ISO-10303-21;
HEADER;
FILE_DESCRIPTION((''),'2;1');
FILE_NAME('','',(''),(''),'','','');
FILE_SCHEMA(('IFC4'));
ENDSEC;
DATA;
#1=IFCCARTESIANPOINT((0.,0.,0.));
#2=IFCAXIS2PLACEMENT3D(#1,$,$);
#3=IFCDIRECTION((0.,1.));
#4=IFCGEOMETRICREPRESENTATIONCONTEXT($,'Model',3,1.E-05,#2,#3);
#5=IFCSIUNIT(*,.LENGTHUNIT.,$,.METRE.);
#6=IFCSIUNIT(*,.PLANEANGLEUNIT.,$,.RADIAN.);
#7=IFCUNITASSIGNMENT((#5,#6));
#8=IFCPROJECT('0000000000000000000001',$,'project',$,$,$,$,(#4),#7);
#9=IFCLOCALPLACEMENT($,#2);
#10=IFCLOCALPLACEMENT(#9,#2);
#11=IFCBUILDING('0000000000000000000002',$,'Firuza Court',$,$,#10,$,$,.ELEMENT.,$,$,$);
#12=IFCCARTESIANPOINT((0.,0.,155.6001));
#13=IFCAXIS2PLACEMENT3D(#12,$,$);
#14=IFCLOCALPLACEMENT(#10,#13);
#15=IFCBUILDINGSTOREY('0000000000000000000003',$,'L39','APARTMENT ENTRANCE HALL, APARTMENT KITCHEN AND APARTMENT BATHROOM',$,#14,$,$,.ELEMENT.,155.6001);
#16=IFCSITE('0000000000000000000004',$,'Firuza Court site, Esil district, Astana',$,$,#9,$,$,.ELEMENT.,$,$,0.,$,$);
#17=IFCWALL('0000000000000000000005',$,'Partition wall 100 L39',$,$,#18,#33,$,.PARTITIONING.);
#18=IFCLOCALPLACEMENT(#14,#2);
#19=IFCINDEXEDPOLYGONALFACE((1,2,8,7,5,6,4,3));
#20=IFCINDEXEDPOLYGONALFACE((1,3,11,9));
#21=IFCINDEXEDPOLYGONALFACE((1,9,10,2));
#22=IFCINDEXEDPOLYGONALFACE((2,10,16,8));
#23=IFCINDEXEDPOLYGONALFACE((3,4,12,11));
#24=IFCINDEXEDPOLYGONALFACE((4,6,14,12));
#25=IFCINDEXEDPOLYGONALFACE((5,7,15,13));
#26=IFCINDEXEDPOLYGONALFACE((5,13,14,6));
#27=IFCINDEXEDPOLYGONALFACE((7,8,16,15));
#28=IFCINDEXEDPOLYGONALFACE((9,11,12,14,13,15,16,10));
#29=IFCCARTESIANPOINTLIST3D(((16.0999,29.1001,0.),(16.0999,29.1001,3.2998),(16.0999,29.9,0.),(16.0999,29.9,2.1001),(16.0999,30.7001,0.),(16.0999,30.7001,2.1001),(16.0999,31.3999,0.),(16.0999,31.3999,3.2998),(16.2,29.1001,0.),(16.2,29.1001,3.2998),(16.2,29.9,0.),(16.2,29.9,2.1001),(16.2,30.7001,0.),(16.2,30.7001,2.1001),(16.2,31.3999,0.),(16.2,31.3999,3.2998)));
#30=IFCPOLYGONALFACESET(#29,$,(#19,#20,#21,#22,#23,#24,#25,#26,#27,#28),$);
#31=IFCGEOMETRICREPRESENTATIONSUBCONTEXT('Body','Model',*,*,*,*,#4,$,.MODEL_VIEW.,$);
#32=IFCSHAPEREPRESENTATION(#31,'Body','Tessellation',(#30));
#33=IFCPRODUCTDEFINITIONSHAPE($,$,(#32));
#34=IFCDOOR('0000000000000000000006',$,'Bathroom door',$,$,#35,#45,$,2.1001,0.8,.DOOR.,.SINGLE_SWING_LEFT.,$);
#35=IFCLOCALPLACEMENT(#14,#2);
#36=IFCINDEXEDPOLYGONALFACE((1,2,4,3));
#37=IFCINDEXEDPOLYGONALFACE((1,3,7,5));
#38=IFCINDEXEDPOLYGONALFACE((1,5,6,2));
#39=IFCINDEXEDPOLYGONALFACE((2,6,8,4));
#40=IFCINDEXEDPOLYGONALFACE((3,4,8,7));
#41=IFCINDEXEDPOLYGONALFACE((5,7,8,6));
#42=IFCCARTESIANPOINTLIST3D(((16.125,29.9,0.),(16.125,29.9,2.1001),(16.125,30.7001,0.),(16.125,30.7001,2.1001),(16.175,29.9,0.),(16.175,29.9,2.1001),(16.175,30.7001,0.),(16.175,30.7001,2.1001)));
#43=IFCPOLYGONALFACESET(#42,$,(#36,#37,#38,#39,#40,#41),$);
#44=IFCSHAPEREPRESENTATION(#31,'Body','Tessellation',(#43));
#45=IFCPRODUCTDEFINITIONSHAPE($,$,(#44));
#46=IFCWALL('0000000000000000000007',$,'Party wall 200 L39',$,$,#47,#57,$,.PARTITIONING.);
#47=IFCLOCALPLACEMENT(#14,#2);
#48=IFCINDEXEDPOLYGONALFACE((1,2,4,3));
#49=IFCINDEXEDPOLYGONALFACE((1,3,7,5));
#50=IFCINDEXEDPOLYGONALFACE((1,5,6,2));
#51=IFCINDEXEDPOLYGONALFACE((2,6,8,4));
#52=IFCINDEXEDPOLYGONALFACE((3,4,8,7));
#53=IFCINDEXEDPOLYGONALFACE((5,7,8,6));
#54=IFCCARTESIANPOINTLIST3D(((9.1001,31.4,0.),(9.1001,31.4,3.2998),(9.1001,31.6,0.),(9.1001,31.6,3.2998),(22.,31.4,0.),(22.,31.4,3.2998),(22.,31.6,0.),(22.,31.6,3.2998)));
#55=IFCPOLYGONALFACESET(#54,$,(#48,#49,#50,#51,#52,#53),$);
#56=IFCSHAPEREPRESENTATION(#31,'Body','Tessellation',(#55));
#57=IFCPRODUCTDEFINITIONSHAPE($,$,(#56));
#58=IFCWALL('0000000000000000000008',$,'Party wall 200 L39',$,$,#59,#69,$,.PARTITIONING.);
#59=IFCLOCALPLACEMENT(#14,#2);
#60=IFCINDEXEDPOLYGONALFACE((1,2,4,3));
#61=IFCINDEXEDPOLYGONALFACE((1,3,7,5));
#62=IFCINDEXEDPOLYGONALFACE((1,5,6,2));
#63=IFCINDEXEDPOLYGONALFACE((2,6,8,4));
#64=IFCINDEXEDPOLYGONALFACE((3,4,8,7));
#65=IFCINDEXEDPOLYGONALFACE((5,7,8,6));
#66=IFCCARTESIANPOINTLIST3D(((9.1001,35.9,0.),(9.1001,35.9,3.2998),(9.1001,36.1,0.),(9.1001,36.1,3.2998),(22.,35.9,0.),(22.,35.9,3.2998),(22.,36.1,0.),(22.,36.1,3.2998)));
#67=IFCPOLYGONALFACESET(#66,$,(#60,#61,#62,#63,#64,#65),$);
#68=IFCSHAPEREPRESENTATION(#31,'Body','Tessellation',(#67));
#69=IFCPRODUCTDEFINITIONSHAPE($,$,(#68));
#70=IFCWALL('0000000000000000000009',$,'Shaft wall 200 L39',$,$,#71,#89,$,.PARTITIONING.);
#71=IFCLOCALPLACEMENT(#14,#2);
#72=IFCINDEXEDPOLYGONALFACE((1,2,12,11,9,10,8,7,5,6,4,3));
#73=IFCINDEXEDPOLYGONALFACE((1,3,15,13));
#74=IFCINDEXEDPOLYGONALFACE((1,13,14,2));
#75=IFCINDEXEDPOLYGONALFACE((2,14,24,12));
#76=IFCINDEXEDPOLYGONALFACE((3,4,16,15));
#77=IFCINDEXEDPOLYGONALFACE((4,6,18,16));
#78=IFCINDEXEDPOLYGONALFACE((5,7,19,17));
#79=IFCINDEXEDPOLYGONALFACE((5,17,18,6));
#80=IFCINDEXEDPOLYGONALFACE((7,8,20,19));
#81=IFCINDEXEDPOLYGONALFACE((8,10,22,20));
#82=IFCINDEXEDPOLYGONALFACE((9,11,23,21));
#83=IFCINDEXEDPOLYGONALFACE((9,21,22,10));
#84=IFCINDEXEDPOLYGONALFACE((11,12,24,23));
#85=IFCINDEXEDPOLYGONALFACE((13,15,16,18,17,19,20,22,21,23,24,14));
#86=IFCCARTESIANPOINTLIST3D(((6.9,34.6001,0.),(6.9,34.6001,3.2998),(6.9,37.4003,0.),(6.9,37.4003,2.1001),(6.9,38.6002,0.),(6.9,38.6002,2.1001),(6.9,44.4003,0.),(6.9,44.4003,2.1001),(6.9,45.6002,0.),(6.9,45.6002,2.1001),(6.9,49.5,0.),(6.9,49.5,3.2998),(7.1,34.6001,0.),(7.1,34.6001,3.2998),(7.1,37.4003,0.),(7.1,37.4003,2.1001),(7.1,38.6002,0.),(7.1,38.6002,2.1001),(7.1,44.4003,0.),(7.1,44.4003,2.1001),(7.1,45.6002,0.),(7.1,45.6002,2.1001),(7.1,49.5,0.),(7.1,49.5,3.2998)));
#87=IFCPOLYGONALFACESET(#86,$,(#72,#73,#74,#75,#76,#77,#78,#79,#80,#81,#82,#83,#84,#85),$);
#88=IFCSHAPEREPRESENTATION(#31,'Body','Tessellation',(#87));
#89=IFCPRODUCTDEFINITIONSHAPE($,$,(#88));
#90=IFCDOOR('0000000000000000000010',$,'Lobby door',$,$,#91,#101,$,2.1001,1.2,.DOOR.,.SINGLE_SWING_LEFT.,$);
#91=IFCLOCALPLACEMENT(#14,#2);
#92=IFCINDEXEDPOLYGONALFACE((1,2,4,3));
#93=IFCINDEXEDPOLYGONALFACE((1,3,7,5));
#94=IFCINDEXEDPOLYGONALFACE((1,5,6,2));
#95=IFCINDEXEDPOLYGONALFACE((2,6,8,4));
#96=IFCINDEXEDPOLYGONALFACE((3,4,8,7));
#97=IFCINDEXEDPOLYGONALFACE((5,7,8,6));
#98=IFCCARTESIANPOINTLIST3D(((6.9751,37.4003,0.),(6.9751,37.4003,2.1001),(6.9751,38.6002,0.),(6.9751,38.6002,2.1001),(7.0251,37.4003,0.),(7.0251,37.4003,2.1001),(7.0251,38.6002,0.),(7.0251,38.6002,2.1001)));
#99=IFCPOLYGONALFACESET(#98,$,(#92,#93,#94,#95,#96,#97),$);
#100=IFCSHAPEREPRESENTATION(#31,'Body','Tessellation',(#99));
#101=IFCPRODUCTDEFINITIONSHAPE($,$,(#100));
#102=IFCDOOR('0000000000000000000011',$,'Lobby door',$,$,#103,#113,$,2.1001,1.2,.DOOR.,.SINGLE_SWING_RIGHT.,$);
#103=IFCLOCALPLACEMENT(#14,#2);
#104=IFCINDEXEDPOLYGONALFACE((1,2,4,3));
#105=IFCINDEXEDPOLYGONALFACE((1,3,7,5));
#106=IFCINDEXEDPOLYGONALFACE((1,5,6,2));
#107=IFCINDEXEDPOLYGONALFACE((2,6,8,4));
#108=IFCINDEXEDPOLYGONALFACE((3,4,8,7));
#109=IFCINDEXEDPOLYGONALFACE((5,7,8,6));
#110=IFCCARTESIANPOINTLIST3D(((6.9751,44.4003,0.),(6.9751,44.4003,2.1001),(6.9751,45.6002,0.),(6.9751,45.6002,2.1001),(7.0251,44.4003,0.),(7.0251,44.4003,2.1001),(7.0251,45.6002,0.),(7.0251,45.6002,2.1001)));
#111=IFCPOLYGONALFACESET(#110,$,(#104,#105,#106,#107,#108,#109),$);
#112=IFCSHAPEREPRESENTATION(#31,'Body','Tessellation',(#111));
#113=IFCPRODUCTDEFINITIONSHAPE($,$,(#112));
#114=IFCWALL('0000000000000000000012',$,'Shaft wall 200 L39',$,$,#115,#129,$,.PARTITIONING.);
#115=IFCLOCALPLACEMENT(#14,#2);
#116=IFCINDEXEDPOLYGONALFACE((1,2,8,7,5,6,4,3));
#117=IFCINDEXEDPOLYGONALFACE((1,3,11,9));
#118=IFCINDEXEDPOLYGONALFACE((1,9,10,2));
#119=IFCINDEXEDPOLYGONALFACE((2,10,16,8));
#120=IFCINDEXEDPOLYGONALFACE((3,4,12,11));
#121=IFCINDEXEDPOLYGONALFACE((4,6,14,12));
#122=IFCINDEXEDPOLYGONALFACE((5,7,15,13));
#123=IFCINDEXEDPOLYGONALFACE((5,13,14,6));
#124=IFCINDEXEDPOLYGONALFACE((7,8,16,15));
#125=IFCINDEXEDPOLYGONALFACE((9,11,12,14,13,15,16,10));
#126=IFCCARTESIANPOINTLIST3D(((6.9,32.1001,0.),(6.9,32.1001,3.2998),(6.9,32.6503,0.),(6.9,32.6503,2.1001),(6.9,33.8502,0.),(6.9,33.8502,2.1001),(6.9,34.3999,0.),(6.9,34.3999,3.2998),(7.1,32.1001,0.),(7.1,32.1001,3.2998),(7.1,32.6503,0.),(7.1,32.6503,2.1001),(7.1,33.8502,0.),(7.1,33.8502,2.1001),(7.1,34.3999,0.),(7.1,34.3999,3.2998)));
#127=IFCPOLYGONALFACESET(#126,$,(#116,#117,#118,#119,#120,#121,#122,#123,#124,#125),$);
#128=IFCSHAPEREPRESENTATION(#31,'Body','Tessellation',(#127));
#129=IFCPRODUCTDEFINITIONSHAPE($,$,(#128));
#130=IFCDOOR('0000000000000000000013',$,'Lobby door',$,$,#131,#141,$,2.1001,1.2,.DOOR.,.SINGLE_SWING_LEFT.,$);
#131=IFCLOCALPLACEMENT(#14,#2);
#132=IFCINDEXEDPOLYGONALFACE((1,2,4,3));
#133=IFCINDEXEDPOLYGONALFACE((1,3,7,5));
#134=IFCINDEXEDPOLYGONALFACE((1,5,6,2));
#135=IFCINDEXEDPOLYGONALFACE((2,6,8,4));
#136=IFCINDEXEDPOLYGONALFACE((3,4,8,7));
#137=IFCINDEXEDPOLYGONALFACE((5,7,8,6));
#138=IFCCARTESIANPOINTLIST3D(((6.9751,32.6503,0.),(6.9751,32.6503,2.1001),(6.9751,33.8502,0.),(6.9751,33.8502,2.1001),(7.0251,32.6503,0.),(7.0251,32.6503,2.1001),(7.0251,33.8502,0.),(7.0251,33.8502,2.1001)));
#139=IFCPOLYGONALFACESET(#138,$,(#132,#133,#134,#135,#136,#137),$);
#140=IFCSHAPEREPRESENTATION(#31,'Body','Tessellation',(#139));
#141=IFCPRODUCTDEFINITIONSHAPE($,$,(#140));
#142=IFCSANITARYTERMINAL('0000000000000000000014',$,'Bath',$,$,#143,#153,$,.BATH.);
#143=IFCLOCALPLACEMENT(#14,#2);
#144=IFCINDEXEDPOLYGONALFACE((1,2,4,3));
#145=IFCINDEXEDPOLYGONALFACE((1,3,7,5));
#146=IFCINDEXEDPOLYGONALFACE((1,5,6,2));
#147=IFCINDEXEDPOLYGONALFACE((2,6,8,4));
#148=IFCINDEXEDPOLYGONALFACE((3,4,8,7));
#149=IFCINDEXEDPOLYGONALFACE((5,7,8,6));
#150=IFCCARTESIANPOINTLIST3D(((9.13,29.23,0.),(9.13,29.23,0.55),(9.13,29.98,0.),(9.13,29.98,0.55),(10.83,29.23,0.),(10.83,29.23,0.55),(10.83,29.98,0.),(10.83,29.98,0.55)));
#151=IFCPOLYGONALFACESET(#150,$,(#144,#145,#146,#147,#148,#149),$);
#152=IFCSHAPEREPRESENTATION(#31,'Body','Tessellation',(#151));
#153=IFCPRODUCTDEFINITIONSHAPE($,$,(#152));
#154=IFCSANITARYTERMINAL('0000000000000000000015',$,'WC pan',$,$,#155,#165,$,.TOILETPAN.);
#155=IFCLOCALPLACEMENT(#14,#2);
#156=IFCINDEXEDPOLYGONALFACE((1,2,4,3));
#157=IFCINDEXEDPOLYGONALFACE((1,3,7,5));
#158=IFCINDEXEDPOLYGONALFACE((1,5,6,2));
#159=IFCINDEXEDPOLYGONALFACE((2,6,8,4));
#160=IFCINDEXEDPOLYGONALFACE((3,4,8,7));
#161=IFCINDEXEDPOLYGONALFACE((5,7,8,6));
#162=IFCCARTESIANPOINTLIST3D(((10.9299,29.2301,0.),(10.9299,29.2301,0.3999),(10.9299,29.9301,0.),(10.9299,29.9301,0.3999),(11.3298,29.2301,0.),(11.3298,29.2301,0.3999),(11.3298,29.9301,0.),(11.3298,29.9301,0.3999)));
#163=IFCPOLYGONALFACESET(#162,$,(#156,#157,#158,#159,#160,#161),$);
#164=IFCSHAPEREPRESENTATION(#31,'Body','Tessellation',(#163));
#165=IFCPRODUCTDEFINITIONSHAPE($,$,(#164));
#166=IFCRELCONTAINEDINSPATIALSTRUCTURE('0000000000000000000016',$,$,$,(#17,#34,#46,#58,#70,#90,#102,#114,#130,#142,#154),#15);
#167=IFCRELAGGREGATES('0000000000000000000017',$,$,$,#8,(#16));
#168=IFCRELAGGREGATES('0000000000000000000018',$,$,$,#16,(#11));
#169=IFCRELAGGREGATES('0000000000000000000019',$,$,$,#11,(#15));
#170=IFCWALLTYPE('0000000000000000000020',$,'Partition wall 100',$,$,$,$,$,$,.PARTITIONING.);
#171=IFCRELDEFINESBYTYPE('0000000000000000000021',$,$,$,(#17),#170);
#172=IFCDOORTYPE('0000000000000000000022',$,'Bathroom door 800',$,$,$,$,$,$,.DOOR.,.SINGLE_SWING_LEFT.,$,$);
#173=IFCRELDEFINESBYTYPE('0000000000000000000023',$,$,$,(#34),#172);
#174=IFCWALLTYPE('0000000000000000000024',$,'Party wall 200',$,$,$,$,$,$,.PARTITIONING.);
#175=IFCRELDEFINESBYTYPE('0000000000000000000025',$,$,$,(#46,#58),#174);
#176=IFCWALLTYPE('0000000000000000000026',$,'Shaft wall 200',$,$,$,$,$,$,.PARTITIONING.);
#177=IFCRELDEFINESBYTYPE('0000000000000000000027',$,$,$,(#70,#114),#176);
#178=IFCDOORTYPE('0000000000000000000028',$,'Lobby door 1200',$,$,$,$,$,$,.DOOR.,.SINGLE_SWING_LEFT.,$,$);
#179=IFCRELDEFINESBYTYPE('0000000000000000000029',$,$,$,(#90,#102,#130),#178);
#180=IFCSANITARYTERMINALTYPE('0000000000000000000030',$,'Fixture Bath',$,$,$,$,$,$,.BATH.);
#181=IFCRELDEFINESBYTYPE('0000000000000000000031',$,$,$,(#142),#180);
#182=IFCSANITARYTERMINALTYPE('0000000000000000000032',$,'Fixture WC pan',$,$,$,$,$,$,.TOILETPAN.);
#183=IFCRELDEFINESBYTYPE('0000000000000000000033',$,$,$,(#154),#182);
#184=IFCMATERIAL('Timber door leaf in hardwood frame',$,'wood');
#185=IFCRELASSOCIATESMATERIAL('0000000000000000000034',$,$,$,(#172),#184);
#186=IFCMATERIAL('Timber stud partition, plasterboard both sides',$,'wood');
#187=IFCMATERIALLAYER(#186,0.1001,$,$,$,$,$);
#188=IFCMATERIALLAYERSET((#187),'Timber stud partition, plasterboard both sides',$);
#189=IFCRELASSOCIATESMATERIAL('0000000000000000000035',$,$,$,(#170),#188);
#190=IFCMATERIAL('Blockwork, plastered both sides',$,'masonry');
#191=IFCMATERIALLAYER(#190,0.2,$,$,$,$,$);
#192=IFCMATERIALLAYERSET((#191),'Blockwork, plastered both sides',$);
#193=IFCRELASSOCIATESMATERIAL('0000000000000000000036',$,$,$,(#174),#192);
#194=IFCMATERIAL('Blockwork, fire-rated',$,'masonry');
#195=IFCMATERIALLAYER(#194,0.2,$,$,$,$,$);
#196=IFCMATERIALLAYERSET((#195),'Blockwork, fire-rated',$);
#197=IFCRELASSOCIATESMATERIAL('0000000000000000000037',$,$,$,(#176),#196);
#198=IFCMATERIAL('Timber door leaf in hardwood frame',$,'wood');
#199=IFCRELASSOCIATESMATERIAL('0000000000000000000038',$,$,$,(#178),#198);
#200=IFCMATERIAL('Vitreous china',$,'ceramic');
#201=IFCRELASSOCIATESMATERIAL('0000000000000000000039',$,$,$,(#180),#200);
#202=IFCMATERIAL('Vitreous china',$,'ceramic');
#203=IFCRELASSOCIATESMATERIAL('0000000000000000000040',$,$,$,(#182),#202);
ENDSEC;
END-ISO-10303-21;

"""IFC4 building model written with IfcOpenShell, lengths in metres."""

from ifc_helpers import new_model, si_unit, direction, frame, frame_2d, origin, origin_2d, place, context, subcontext, project, spatial, rectangle, extrude, material, layer, layer_set, type_object, element, fill, save


model = new_model("IFC4")

# Units and contexts
model_context = context("Model", 3, precision=1e-05, world=origin(), true_north=direction((0.0, 1.0)))
body_context = subcontext(model_context, "Body", "Model", "MODEL_VIEW")
ifc_project = project(units=[si_unit("LENGTHUNIT", "METRE"), si_unit("PLANEANGLEUNIT", "RADIAN")], contexts=[model_context])

# Site, building, storey
site_placement = place(None, origin())
site = spatial("IfcSite", under=ifc_project, at=site_placement, Name="Firuza Court site, Esil district, Astana", CompositionType="ELEMENT", RefElevation=0.0)
building_placement = place(site_placement, origin())
building = spatial("IfcBuilding", under=site, at=building_placement, Name="Firuza Court", CompositionType="ELEMENT")
storey_placement = place(building_placement, frame((0.0, 0.0, 155.6001)))
storey = spatial("IfcBuildingStorey", under=building, at=storey_placement, Name="L39", Description="APARTMENT ENTRANCE HALL, APARTMENT KITCHEN AND APARTMENT BATHROOM", CompositionType="ELEMENT", Elevation=155.6001)

# Wall, opening, door
ifc_material_1 = material(Name="Timber door leaf in hardwood frame", Category="wood")
door_type_1 = type_object("IfcDoorType", Name="Bathroom door 800", OperationType="SINGLE_SWING_LEFT", PredefinedType="DOOR", material=ifc_material_1)
ifc_material_2 = material(Name="Blockwork, plastered both sides", Category="masonry")
ifc_material_3 = material(Name="Timber stud partition, plasterboard both sides", Category="wood")
ifc_layer_1 = layer(ifc_material_3, 0.1001)
ifc_layer_set_1 = layer_set([ifc_layer_1], Name="Timber stud partition, plasterboard both sides")
wall_type_1 = type_object("IfcWallType", Name="Partition wall 100", PredefinedType="PARTITIONING", material=ifc_layer_set_1)
wall_1_placement = place(storey_placement, frame((16.1499, 29.1001, 0.0), z_axis=(0.0, 0.0, 1.0), x_axis=(0.0, 1.0, 0.0)))
wall_1 = element("IfcWall", 1, at=wall_1_placement, inside=storey, type_object=wall_type_1, Name="Partition wall 100 L39", PredefinedType="PARTITIONING", context=body_context, shape_type="SweptSolid", body=[
    extrude(rectangle(XDim=2.2998, YDim=0.1001, at=frame_2d((1.1499, 0.0))), origin(), (0.0, 0.0, 1.0), 3.2998),
])
opening_1_placement = place(wall_1_placement, frame((0.8, 0.0, 0.0)))
opening_1 = element("IfcOpeningElement", 2, at=opening_1_placement, cuts=wall_1, PredefinedType="OPENING", context=body_context, shape_type="SweptSolid", body=[
    extrude(rectangle(XDim=0.8, YDim=2.1001, at=frame_2d((0.3999, 1.05))), frame((0.0, 0.062, 0.0), z_axis=(0.0, -1.0, 0.0), x_axis=(1.0, 0.0, 0.0)), (0.0, 0.0, 1.0), 0.124),
])
door_1_placement = place(opening_1_placement, origin())
door_1 = element("IfcDoor", 3, at=door_1_placement, inside=storey, type_object=door_type_1, Name="Bathroom door", OperationType="SINGLE_SWING_LEFT", OverallHeight=2.1001, OverallWidth=0.8, PredefinedType="DOOR", context=body_context, shape_type="SweptSolid", body=[
    extrude(rectangle(XDim=0.8, YDim=2.1001, at=frame_2d((0.3999, 1.05))), frame((0.0, 0.0249, 0.0), z_axis=(0.0, -1.0, 0.0), x_axis=(1.0, 0.0, 0.0)), (0.0, 0.0, 1.0), 0.05),
])
fill(opening_1, door_1)

# Walls
ifc_layer_2 = layer(ifc_material_2, 0.2)
ifc_layer_set_2 = layer_set([ifc_layer_2], Name="Blockwork, plastered both sides")
wall_type_2 = type_object("IfcWallType", Name="Party wall 200", PredefinedType="PARTITIONING", material=ifc_layer_set_2)
for number, where, z_axis, x_axis, name in (
    (4, (9.1001, 31.5, 0.0), (0.0, 0.0, 1.0), (1.0, 0.0, 0.0), "Party wall 200 L39"),
    (5, (9.1001, 36.0, 0.0), (0.0, 0.0, 1.0), (1.0, 0.0, 0.0), "Party wall 200 L39"),
):
    element("IfcWall", number, at=place(storey_placement, frame(where, z_axis=z_axis, x_axis=x_axis)), inside=storey, type_object=wall_type_2, Name=name, PredefinedType="PARTITIONING", context=body_context, shape_type="SweptSolid", body=[
        extrude(rectangle(XDim=12.8999, YDim=0.2, at=frame_2d((6.45, 0.0))), origin(), (0.0, 0.0, 1.0), 3.2998),
    ])

# Wall, openings, doors
ifc_material_4 = material(Name="Blockwork, fire-rated", Category="masonry")
ifc_layer_3 = layer(ifc_material_4, 0.2)
ifc_layer_set_3 = layer_set([ifc_layer_3], Name="Blockwork, fire-rated")
wall_type_3 = type_object("IfcWallType", Name="Shaft wall 200", PredefinedType="PARTITIONING", material=ifc_layer_set_3)
wall_2_placement = place(storey_placement, frame((7.0, 34.6001, 0.0), z_axis=(0.0, 0.0, 1.0), x_axis=(0.0, 1.0, 0.0)))
wall_2 = element("IfcWall", 6, at=wall_2_placement, inside=storey, type_object=wall_type_3, Name="Shaft wall 200 L39", PredefinedType="PARTITIONING", context=body_context, shape_type="SweptSolid", body=[
    extrude(rectangle(XDim=14.8999, YDim=0.2, at=frame_2d((7.45, 0.0))), origin(), (0.0, 0.0, 1.0), 3.2998),
])
opening_2_placement = place(wall_2_placement, frame((2.8, 0.0, 0.0)))
opening_2 = element("IfcOpeningElement", 7, at=opening_2_placement, cuts=wall_2, PredefinedType="OPENING", context=body_context, shape_type="SweptSolid", body=[
    extrude(rectangle(XDim=1.2, YDim=2.1001, at=frame_2d((0.6001, 1.05))), frame((0.0, 0.1118, 0.0), z_axis=(0.0, -1.0, 0.0), x_axis=(1.0, 0.0, 0.0)), (0.0, 0.0, 1.0), 0.2239),
])
opening_3_placement = place(wall_2_placement, frame((9.8, 0.0, 0.0)))
opening_3 = element("IfcOpeningElement", 8, at=opening_3_placement, cuts=wall_2, PredefinedType="OPENING", context=body_context, shape_type="SweptSolid", body=[
    extrude(rectangle(XDim=1.2, YDim=2.1001, at=frame_2d((0.6001, 1.05))), frame((0.0, 0.1118, 0.0), z_axis=(0.0, -1.0, 0.0), x_axis=(1.0, 0.0, 0.0)), (0.0, 0.0, 1.0), 0.2239),
])
ifc_material_5 = material(Name="Timber door leaf in hardwood frame", Category="wood")
door_type_2 = type_object("IfcDoorType", Name="Lobby door 1200", OperationType="SINGLE_SWING_LEFT", PredefinedType="DOOR", material=ifc_material_5)
door_2_placement = place(opening_2_placement, origin())
door_2 = element("IfcDoor", 9, at=door_2_placement, inside=storey, type_object=door_type_2, Name="Lobby door", OperationType="SINGLE_SWING_LEFT", OverallHeight=2.1001, OverallWidth=1.2, PredefinedType="DOOR", context=body_context, shape_type="SweptSolid", body=[
    extrude(rectangle(XDim=1.2, YDim=2.1001, at=frame_2d((0.6001, 1.05))), frame((0.0, 0.0249, 0.0), z_axis=(0.0, -1.0, 0.0), x_axis=(1.0, 0.0, 0.0)), (0.0, 0.0, 1.0), 0.05),
])
fill(opening_2, door_2)
door_3_placement = place(opening_3_placement, origin())
door_3 = element("IfcDoor", 10, at=door_3_placement, inside=storey, type_object=door_type_2, Name="Lobby door", OperationType="SINGLE_SWING_RIGHT", OverallHeight=2.1001, OverallWidth=1.2, PredefinedType="DOOR", context=body_context, shape_type="SweptSolid", body=[
    extrude(rectangle(XDim=1.2, YDim=2.1001, at=frame_2d((0.6001, 1.05))), frame((0.0, 0.0249, 0.0), z_axis=(0.0, -1.0, 0.0), x_axis=(1.0, 0.0, 0.0)), (0.0, 0.0, 1.0), 0.05),
])
fill(opening_3, door_3)

# Wall, opening, door
wall_3_placement = place(storey_placement, frame((7.0, 32.1001, 0.0), z_axis=(0.0, 0.0, 1.0), x_axis=(0.0, 1.0, 0.0)))
wall_3 = element("IfcWall", 11, at=wall_3_placement, inside=storey, type_object=wall_type_3, Name="Shaft wall 200 L39", PredefinedType="PARTITIONING", context=body_context, shape_type="SweptSolid", body=[
    extrude(rectangle(XDim=2.2998, YDim=0.2, at=frame_2d((1.1499, 0.0))), origin(), (0.0, 0.0, 1.0), 3.2998),
])
opening_4_placement = place(wall_3_placement, frame((0.55, 0.0, 0.0)))
opening_4 = element("IfcOpeningElement", 12, at=opening_4_placement, cuts=wall_3, PredefinedType="OPENING", context=body_context, shape_type="SweptSolid", body=[
    extrude(rectangle(XDim=1.2, YDim=2.1001, at=frame_2d((0.6001, 1.05))), frame((0.0, 0.1118, 0.0), z_axis=(0.0, -1.0, 0.0), x_axis=(1.0, 0.0, 0.0)), (0.0, 0.0, 1.0), 0.2239),
])
door_4_placement = place(opening_4_placement, origin())
door_4 = element("IfcDoor", 13, at=door_4_placement, inside=storey, type_object=door_type_2, Name="Lobby door", OperationType="SINGLE_SWING_LEFT", OverallHeight=2.1001, OverallWidth=1.2, PredefinedType="DOOR", context=body_context, shape_type="SweptSolid", body=[
    extrude(rectangle(XDim=1.2, YDim=2.1001, at=frame_2d((0.6001, 1.05))), frame((0.0, 0.0249, 0.0), z_axis=(0.0, -1.0, 0.0), x_axis=(1.0, 0.0, 0.0)), (0.0, 0.0, 1.0), 0.05),
])
fill(opening_4, door_4)

# Sanitary terminals
ifc_material_6 = material(Name="Vitreous china", Category="ceramic")
sanitary_terminal_type_1 = type_object("IfcSanitaryTerminalType", Name="Fixture Bath", PredefinedType="BATH", material=ifc_material_6)
sanitary_terminal_1_placement = place(storey_placement, frame((9.98, 29.605, 0.0), z_axis=(0.0, 0.0, 1.0), x_axis=(1.0, 0.0, 0.0)))
element("IfcSanitaryTerminal", 14, at=sanitary_terminal_1_placement, inside=storey, type_object=sanitary_terminal_type_1, Name="Bath", PredefinedType="BATH", context=body_context, shape_type="SweptSolid", body=[
    extrude(rectangle(XDim=1.7, YDim=0.75, at=origin_2d()), origin(), (0.0, 0.0, 1.0), 0.55),
])
ifc_material_7 = material(Name="Vitreous china", Category="ceramic")
sanitary_terminal_type_2 = type_object("IfcSanitaryTerminalType", Name="Fixture WC pan", PredefinedType="TOILETPAN", material=ifc_material_7)
sanitary_terminal_2_placement = place(storey_placement, frame((11.1299, 29.5801, 0.0), z_axis=(0.0, 0.0, 1.0), x_axis=(1.0, 0.0, 0.0)))
element("IfcSanitaryTerminal", 15, at=sanitary_terminal_2_placement, inside=storey, type_object=sanitary_terminal_type_2, Name="WC pan", PredefinedType="TOILETPAN", context=body_context, shape_type="SweptSolid", body=[
    extrude(rectangle(XDim=0.3999, YDim=0.7, at=origin_2d()), origin(), (0.0, 0.0, 1.0), 0.3999),
])

save(model, "model.ifc")
